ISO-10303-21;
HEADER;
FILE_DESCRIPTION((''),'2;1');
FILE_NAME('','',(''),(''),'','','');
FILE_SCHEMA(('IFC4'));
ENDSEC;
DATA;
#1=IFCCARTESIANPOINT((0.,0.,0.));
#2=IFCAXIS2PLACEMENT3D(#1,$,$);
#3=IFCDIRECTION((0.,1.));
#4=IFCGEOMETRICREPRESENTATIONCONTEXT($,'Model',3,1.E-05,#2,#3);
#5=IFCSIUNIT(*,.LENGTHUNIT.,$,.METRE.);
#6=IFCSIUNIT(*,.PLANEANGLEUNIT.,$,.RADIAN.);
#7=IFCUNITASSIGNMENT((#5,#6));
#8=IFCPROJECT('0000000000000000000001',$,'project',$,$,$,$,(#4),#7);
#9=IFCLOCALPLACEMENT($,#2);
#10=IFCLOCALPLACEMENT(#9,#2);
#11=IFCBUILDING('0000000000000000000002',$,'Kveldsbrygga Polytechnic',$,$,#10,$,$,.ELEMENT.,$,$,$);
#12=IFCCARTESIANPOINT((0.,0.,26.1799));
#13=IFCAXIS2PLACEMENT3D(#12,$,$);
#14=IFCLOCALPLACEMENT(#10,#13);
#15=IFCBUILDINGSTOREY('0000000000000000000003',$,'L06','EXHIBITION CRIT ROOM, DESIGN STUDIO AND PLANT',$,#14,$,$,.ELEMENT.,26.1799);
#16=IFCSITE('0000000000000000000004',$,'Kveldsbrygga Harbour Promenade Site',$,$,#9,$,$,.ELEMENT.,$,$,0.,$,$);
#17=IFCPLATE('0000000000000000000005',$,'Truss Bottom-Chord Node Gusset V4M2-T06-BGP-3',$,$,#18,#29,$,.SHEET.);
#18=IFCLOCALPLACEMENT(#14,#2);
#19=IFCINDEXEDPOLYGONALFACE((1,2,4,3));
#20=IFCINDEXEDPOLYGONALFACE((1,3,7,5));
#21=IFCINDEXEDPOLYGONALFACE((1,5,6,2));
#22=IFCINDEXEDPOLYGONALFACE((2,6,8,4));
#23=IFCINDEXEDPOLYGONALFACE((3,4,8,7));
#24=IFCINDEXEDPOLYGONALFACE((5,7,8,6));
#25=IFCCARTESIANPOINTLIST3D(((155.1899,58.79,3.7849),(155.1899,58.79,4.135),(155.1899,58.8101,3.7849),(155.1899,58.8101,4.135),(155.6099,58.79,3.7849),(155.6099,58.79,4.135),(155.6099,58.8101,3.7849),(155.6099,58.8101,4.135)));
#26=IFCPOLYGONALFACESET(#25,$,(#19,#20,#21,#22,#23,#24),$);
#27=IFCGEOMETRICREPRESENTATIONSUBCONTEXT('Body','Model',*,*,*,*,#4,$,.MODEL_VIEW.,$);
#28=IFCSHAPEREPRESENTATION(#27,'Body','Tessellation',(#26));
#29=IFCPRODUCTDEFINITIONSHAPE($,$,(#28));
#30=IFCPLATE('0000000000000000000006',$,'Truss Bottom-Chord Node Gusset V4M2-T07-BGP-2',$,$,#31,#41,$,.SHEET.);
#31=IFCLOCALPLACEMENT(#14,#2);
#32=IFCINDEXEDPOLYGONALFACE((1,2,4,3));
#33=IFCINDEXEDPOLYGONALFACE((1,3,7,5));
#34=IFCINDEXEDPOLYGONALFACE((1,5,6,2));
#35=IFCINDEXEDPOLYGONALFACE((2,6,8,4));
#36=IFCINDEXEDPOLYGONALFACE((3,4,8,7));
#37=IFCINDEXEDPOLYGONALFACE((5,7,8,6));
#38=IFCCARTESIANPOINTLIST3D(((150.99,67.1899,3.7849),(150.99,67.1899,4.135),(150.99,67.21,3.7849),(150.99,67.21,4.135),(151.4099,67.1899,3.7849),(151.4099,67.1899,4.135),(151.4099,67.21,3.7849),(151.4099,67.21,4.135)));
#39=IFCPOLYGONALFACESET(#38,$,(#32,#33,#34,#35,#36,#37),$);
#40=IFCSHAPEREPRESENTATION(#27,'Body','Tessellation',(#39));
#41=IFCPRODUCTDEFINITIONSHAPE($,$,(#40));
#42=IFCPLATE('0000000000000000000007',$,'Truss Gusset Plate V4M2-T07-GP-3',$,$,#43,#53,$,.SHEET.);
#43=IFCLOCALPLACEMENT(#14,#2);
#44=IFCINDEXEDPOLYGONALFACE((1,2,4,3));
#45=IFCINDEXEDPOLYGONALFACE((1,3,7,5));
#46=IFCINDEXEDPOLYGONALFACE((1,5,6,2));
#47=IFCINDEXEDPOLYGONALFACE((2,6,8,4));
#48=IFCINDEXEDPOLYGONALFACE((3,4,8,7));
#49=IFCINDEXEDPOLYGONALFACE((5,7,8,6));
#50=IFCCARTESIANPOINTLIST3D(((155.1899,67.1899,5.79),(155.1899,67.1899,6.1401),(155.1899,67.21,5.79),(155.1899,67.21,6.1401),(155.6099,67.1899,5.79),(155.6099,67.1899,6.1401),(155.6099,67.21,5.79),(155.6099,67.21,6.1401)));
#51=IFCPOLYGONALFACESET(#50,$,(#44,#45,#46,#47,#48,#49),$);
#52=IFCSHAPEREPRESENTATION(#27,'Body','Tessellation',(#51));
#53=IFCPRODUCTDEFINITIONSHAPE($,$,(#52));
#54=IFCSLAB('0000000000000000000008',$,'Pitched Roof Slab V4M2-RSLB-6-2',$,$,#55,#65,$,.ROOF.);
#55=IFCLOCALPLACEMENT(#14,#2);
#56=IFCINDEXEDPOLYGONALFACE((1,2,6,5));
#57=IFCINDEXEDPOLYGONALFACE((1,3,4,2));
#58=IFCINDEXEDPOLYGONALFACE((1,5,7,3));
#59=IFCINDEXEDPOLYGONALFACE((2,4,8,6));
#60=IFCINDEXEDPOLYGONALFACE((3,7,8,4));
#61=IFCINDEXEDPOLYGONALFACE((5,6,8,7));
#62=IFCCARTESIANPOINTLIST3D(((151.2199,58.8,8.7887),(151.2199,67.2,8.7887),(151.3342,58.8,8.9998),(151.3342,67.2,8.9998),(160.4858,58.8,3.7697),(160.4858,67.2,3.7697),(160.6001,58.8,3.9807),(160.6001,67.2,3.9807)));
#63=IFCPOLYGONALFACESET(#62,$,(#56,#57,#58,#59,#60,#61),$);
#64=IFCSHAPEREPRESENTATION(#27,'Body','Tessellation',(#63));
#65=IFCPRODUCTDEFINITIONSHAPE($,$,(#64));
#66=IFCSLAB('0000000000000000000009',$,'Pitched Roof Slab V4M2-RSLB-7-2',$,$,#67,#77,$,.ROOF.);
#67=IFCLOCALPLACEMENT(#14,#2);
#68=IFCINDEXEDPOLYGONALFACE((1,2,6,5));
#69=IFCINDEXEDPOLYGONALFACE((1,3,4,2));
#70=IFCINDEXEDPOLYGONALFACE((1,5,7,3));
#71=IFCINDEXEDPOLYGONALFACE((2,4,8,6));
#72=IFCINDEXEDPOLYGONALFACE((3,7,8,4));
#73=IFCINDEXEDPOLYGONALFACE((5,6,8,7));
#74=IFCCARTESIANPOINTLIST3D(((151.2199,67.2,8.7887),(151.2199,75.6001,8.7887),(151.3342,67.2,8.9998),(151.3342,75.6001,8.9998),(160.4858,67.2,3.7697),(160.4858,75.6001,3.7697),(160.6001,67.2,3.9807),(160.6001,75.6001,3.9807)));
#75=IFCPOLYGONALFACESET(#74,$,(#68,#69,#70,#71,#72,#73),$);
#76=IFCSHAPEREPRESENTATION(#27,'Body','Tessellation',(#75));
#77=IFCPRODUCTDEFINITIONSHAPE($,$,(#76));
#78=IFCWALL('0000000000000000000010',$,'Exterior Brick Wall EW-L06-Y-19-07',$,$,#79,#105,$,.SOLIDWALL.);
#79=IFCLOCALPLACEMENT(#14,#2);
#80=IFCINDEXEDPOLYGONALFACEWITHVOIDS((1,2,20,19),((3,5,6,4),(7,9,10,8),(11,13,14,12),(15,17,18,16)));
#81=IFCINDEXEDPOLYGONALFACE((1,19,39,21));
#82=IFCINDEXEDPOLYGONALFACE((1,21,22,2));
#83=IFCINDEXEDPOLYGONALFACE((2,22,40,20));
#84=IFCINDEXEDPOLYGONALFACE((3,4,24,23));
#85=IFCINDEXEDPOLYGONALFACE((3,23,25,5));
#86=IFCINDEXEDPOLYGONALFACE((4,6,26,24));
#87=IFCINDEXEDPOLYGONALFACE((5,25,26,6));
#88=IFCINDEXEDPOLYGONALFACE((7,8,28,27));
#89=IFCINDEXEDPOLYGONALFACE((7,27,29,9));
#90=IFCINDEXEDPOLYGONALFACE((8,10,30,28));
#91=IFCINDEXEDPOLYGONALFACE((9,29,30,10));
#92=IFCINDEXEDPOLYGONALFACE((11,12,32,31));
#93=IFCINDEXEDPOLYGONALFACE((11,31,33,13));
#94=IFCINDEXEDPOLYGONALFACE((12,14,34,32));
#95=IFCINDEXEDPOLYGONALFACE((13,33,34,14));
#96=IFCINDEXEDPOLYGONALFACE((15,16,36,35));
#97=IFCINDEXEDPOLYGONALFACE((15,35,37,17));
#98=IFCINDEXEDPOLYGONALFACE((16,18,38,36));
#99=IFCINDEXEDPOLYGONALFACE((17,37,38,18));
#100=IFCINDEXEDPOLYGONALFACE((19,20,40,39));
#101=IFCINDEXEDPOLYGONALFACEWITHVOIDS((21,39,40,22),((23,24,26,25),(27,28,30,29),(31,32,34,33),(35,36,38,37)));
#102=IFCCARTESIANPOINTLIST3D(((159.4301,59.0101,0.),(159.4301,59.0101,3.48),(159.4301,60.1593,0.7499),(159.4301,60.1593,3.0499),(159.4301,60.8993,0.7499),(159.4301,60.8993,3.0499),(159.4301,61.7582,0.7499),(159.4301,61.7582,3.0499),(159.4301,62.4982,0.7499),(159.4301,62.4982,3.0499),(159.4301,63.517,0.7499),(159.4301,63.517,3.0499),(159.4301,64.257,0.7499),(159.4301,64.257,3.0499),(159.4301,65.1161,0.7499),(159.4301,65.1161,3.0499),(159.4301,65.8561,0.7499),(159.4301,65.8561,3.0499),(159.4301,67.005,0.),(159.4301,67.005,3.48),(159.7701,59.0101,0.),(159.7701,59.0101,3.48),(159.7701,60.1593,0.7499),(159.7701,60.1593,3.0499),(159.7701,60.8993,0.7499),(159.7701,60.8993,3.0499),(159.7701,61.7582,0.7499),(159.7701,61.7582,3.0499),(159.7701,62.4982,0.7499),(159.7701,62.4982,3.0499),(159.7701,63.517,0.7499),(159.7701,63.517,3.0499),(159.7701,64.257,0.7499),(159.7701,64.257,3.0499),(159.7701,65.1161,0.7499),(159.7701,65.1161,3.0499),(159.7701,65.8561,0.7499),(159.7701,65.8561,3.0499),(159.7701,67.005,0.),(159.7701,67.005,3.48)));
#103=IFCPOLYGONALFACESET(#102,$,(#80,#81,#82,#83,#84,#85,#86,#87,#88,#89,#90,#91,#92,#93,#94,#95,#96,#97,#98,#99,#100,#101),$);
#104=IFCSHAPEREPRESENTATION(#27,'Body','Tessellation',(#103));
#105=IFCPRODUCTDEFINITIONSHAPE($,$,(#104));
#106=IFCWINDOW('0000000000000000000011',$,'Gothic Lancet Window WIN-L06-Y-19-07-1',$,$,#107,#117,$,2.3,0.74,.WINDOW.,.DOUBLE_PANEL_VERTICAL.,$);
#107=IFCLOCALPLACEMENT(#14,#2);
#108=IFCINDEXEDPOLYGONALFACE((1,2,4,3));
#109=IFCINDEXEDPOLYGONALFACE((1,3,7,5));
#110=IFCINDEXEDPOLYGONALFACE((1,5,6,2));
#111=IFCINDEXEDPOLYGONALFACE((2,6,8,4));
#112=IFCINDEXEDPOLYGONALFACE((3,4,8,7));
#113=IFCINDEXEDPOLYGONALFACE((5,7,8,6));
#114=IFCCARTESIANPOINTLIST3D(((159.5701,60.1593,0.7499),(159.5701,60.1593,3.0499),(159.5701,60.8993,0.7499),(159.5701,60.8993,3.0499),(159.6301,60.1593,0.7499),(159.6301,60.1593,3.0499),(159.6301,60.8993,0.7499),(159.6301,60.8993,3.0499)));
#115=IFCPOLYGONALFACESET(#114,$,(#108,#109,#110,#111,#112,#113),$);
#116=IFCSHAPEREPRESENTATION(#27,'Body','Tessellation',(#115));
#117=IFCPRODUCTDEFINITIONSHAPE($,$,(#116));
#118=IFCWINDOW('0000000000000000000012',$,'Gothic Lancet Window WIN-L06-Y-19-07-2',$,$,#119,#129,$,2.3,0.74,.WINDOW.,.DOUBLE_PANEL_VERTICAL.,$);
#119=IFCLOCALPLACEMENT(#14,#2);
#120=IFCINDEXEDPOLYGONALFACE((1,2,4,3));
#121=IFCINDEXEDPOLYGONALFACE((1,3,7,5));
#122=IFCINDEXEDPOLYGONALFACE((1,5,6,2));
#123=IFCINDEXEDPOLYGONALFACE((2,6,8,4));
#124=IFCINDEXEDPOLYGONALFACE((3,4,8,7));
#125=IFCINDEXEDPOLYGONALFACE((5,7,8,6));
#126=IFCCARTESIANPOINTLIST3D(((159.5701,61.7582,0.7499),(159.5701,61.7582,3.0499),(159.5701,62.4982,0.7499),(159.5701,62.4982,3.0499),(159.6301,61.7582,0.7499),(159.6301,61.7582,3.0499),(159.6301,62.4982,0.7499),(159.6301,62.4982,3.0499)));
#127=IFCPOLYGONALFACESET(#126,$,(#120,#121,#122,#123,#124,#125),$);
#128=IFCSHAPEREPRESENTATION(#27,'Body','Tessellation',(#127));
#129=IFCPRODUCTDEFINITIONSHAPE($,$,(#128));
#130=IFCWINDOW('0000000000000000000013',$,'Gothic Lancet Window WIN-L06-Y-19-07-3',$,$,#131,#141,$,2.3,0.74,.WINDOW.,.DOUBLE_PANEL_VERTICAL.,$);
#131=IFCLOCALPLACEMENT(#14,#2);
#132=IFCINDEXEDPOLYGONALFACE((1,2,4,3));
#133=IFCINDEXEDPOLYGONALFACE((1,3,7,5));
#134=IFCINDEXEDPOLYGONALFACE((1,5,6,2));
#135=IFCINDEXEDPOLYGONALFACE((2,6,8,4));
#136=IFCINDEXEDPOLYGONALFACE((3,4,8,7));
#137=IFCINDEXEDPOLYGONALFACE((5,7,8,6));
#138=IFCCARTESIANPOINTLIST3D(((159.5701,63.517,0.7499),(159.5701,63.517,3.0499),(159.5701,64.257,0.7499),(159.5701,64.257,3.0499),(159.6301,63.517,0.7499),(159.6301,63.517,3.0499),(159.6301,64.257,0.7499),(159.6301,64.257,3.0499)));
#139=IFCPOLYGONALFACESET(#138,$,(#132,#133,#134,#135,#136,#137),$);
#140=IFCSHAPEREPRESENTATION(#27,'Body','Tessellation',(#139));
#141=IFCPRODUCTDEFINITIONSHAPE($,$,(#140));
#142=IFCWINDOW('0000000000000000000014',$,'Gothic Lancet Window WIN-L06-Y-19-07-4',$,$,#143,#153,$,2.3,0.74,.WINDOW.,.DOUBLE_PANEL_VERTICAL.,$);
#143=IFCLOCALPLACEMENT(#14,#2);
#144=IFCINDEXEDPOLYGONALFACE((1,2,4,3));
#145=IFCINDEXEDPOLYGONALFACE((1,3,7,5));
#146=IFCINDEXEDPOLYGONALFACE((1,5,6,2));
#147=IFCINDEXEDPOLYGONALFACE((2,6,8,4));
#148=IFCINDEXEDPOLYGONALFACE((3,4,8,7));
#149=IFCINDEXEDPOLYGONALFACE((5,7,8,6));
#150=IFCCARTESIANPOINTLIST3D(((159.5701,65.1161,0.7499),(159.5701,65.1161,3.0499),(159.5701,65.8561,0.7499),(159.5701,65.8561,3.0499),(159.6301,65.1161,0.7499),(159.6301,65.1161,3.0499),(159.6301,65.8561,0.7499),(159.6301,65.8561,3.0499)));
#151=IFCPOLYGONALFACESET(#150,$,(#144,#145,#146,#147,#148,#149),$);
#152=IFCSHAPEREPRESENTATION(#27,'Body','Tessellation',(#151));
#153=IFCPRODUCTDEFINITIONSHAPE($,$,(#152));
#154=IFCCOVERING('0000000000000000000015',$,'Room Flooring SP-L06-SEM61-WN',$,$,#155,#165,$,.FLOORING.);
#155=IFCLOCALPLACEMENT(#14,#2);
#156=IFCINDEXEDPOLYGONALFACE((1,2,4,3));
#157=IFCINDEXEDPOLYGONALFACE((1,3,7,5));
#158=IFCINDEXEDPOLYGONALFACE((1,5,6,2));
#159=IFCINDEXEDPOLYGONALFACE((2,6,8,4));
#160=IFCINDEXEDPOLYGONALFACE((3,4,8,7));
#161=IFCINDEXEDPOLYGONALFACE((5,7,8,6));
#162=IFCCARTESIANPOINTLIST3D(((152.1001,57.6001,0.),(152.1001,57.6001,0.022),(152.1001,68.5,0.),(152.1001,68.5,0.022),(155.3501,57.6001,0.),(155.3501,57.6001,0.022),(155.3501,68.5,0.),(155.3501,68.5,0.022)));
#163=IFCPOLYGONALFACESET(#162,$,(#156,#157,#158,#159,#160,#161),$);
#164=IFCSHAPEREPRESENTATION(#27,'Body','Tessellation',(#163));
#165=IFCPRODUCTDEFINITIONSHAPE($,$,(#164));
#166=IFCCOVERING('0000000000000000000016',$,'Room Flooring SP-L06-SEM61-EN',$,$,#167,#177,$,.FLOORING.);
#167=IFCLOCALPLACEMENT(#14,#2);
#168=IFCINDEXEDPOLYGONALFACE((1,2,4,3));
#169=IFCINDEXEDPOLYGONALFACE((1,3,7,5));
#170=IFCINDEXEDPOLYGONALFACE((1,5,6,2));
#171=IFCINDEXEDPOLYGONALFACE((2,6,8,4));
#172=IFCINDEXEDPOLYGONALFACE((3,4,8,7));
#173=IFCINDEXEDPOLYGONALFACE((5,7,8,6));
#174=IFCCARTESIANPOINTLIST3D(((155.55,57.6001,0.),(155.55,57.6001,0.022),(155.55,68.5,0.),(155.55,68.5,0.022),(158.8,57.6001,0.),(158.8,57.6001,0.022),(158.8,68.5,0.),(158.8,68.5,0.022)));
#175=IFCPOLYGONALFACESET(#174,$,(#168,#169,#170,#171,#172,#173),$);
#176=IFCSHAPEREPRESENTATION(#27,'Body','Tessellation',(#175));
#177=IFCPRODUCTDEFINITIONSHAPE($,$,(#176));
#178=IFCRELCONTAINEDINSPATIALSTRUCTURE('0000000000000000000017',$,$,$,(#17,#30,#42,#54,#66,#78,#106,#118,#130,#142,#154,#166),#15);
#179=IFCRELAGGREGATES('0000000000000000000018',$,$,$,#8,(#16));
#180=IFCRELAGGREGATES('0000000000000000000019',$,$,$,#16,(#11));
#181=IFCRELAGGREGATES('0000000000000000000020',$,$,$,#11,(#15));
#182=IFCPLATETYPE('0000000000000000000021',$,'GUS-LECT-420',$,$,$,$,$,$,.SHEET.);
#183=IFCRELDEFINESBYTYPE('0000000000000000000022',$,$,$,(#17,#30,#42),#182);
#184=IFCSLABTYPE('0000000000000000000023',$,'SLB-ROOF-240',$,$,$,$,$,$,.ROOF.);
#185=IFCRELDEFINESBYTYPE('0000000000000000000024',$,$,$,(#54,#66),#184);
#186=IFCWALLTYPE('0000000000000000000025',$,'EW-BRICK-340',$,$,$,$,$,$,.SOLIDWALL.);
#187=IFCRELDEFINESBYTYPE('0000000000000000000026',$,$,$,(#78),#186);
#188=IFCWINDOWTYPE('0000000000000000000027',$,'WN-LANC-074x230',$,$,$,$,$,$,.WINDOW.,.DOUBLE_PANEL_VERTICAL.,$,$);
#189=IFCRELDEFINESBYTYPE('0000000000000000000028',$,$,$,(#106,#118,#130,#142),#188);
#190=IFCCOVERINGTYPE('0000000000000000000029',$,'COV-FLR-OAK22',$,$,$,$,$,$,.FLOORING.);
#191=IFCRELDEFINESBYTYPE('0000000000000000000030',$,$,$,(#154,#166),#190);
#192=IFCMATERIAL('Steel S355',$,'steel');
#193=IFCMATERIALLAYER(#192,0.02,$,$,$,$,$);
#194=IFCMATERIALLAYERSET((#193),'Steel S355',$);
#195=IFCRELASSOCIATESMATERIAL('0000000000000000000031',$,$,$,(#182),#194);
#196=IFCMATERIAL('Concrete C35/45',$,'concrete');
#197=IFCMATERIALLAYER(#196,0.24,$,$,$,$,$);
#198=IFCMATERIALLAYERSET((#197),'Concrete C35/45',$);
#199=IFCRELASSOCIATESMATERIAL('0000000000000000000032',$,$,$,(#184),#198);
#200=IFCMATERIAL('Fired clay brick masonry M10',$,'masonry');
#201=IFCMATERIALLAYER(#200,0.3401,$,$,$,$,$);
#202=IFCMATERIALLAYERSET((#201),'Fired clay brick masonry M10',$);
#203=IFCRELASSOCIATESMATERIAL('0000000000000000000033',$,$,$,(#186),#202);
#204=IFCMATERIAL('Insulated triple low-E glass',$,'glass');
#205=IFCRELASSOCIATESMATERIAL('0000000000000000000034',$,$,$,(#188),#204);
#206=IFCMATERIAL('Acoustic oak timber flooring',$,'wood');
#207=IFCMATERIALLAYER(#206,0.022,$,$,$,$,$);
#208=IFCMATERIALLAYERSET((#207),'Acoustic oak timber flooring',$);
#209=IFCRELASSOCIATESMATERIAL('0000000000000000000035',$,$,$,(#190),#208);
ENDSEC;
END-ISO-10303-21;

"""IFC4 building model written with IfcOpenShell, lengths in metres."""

from ifc_helpers import new_model, si_unit, direction, frame, frame_2d, origin, origin_2d, place, context, subcontext, project, spatial, polyline, rectangle, outline, extrude, material, layer, layer_set, type_object, element, fill, save


model = new_model("IFC4")

# Units and contexts
model_context = context("Model", 3, precision=1e-05, world=origin(), true_north=direction((0.0, 1.0)))
body_context = subcontext(model_context, "Body", "Model", "MODEL_VIEW")
ifc_project = project(units=[si_unit("LENGTHUNIT", "METRE"), si_unit("PLANEANGLEUNIT", "RADIAN")], contexts=[model_context])

# Site, building, storey
site_placement = place(None, origin())
site = spatial("IfcSite", under=ifc_project, at=site_placement, Name="Kveldsbrygga Harbour Promenade Site", CompositionType="ELEMENT", RefElevation=0.0)
building_placement = place(site_placement, origin())
building = spatial("IfcBuilding", under=site, at=building_placement, Name="Kveldsbrygga Polytechnic", CompositionType="ELEMENT")
storey_placement = place(building_placement, frame((0.0, 0.0, 26.1799)))
storey = spatial("IfcBuildingStorey", under=building, at=storey_placement, Name="L06", Description="EXHIBITION CRIT ROOM, DESIGN STUDIO AND PLANT", CompositionType="ELEMENT", Elevation=26.1799)

# Shared definitions
ifc_material_1 = material(Name="Steel S355", Category="steel")

# Plates
ifc_layer_1 = layer(ifc_material_1, 0.02)
ifc_layer_set_1 = layer_set([ifc_layer_1], Name="Steel S355")
plate_type_1 = type_object("IfcPlateType", Name="GUS-LECT-420", PredefinedType="SHEET", material=ifc_layer_set_1)
for number, where, z_axis, x_axis, name in (
    (1, (155.3999, 58.8, 3.7849), (0.0, 0.0, 1.0), (1.0, 0.0, 0.0), "Truss Bottom-Chord Node Gusset V4M2-T06-BGP-3"),
    (2, (151.2, 67.2, 3.7849), (0.0, 0.0, 1.0), (1.0, 0.0, 0.0), "Truss Bottom-Chord Node Gusset V4M2-T07-BGP-2"),
    (3, (155.3999, 67.2, 5.79), (0.0, 0.0, 1.0), (1.0, 0.0, 0.0), "Truss Gusset Plate V4M2-T07-GP-3"),
):
    element("IfcPlate", number, at=place(storey_placement, frame(where, z_axis=z_axis, x_axis=x_axis)), inside=storey, type_object=plate_type_1, Name=name, PredefinedType="SHEET", context=body_context, shape_type="SweptSolid", body=[
        extrude(rectangle(XDim=0.4199, YDim=0.02, at=origin_2d()), origin(), (0.0, 0.0, 1.0), 0.3501),
    ])

# Slabs
ifc_material_2 = material(Name="Concrete C35/45", Category="concrete")
ifc_layer_2 = layer(ifc_material_2, 0.24)
ifc_layer_set_2 = layer_set([ifc_layer_2], Name="Concrete C35/45")
slab_type = type_object("IfcSlabType", Name="SLB-ROOF-240", PredefinedType="ROOF", material=ifc_layer_set_2)
slab_1_placement = place(storey_placement, frame((151.3342, 58.8, 8.9998), z_axis=(0.476285, 0.0, 0.879291), x_axis=(0.879291, 0.0, -0.476285)))
element("IfcSlab", 4, at=slab_1_placement, inside=storey, type_object=slab_type, Name="Pitched Roof Slab V4M2-RSLB-6-2", PredefinedType="ROOF", context=body_context, shape_type="SweptSolid", body=[
    extrude(outline(polyline([(0.0, 0.0), (10.5379, 0.0), (10.5379, 8.3999), (0.0, 8.3999), (0.0, 0.0)])), origin(), (0.0, 0.0, -1.0), 0.24),
])
slab_2_placement = place(storey_placement, frame((151.3342, 67.2, 8.9998), z_axis=(0.476285, 0.0, 0.879291), x_axis=(0.879291, 0.0, -0.476285)))
element("IfcSlab", 5, at=slab_2_placement, inside=storey, type_object=slab_type, Name="Pitched Roof Slab V4M2-RSLB-7-2", PredefinedType="ROOF", context=body_context, shape_type="SweptSolid", body=[
    extrude(outline(polyline([(0.0, 0.0), (10.5379, 0.0), (10.5379, 8.4001), (0.0, 8.4001), (0.0, 0.0)])), origin(), (0.0, 0.0, -1.0), 0.24),
])

# Wall, openings, windows
ifc_material_3 = material(Name="Fired clay brick masonry M10", Category="masonry")
ifc_layer_3 = layer(ifc_material_3, 0.3401)
ifc_layer_set_3 = layer_set([ifc_layer_3], Name="Fired clay brick masonry M10")
wall_type = type_object("IfcWallType", Name="EW-BRICK-340", PredefinedType="SOLIDWALL", material=ifc_layer_set_3)
wall_placement = place(storey_placement, frame((159.6001, 59.01, 0.0), z_axis=(0.0, 0.0, 1.0), x_axis=(0.0, 1.0, 0.0)))
wall = element("IfcWall", 6, at=wall_placement, inside=storey, type_object=wall_type, Name="Exterior Brick Wall EW-L06-Y-19-07", PredefinedType="SOLIDWALL", context=body_context, shape_type="SweptSolid", body=[
    extrude(rectangle(XDim=7.9949, YDim=0.3401, at=frame_2d((3.9976, 0.0))), origin(), (0.0, 0.0, 1.0), 3.48),
])
opening_1_placement = place(wall_placement, frame((1.1492, 0.0, 0.75)))
opening_1 = element("IfcOpeningElement", 7, at=opening_1_placement, cuts=wall, PredefinedType="OPENING", context=body_context, shape_type="SweptSolid", body=[
    extrude(rectangle(XDim=0.74, YDim=2.3, at=frame_2d((0.3701, 1.1499))), frame((0.0, 0.1802, 0.0), z_axis=(0.0, -1.0, 0.0), x_axis=(1.0, 0.0, 0.0)), (0.0, 0.0, 1.0), 0.3601),
])
opening_2_placement = place(wall_placement, frame((2.748, 0.0, 0.75)))
opening_2 = element("IfcOpeningElement", 8, at=opening_2_placement, cuts=wall, PredefinedType="OPENING", context=body_context, shape_type="SweptSolid", body=[
    extrude(rectangle(XDim=0.74, YDim=2.3, at=frame_2d((0.3701, 1.1499))), frame((0.0, 0.1802, 0.0), z_axis=(0.0, -1.0, 0.0), x_axis=(1.0, 0.0, 0.0)), (0.0, 0.0, 1.0), 0.3601),
])
opening_3_placement = place(wall_placement, frame((4.5068, 0.0, 0.75)))
opening_3 = element("IfcOpeningElement", 9, at=opening_3_placement, cuts=wall, PredefinedType="OPENING", context=body_context, shape_type="SweptSolid", body=[
    extrude(rectangle(XDim=0.74, YDim=2.3, at=frame_2d((0.3701, 1.1499))), frame((0.0, 0.1802, 0.0), z_axis=(0.0, -1.0, 0.0), x_axis=(1.0, 0.0, 0.0)), (0.0, 0.0, 1.0), 0.3601),
])
opening_4_placement = place(wall_placement, frame((6.106, 0.0, 0.75)))
opening_4 = element("IfcOpeningElement", 10, at=opening_4_placement, cuts=wall, PredefinedType="OPENING", context=body_context, shape_type="SweptSolid", body=[
    extrude(rectangle(XDim=0.74, YDim=2.3, at=frame_2d((0.3701, 1.1499))), frame((0.0, 0.1802, 0.0), z_axis=(0.0, -1.0, 0.0), x_axis=(1.0, 0.0, 0.0)), (0.0, 0.0, 1.0), 0.3601),
])
ifc_material_4 = material(Name="Insulated triple low-E glass", Category="glass")
window_type = type_object("IfcWindowType", Name="WN-LANC-074x230", PartitioningType="DOUBLE_PANEL_VERTICAL", PredefinedType="WINDOW", material=ifc_material_4)
window_1_placement = place(opening_1_placement, origin())
window_1 = element("IfcWindow", 11, at=window_1_placement, inside=storey, type_object=window_type, Name="Gothic Lancet Window WIN-L06-Y-19-07-1", OverallHeight=2.3, OverallWidth=0.74, PartitioningType="DOUBLE_PANEL_VERTICAL", PredefinedType="WINDOW", context=body_context, shape_type="SweptSolid", body=[
    extrude(rectangle(XDim=0.74, YDim=2.3, at=frame_2d((0.3701, 1.1499))), frame((0.0, 0.03, 0.0), z_axis=(0.0, -1.0, 0.0), x_axis=(1.0, 0.0, 0.0)), (0.0, 0.0, 1.0), 0.0601),
])
fill(opening_1, window_1)
window_2_placement = place(opening_2_placement, origin())
window_2 = element("IfcWindow", 12, at=window_2_placement, inside=storey, type_object=window_type, Name="Gothic Lancet Window WIN-L06-Y-19-07-2", OverallHeight=2.3, OverallWidth=0.74, PartitioningType="DOUBLE_PANEL_VERTICAL", PredefinedType="WINDOW", context=body_context, shape_type="SweptSolid", body=[
    extrude(rectangle(XDim=0.74, YDim=2.3, at=frame_2d((0.3701, 1.1499))), frame((0.0, 0.03, 0.0), z_axis=(0.0, -1.0, 0.0), x_axis=(1.0, 0.0, 0.0)), (0.0, 0.0, 1.0), 0.0601),
])
fill(opening_2, window_2)
window_3_placement = place(opening_3_placement, origin())
window_3 = element("IfcWindow", 13, at=window_3_placement, inside=storey, type_object=window_type, Name="Gothic Lancet Window WIN-L06-Y-19-07-3", OverallHeight=2.3, OverallWidth=0.74, PartitioningType="DOUBLE_PANEL_VERTICAL", PredefinedType="WINDOW", context=body_context, shape_type="SweptSolid", body=[
    extrude(rectangle(XDim=0.74, YDim=2.3, at=frame_2d((0.3701, 1.1499))), frame((0.0, 0.03, 0.0), z_axis=(0.0, -1.0, 0.0), x_axis=(1.0, 0.0, 0.0)), (0.0, 0.0, 1.0), 0.0601),
])
fill(opening_3, window_3)
window_4_placement = place(opening_4_placement, origin())
window_4 = element("IfcWindow", 14, at=window_4_placement, inside=storey, type_object=window_type, Name="Gothic Lancet Window WIN-L06-Y-19-07-4", OverallHeight=2.3, OverallWidth=0.74, PartitioningType="DOUBLE_PANEL_VERTICAL", PredefinedType="WINDOW", context=body_context, shape_type="SweptSolid", body=[
    extrude(rectangle(XDim=0.74, YDim=2.3, at=frame_2d((0.3701, 1.1499))), frame((0.0, 0.03, 0.0), z_axis=(0.0, -1.0, 0.0), x_axis=(1.0, 0.0, 0.0)), (0.0, 0.0, 1.0), 0.0601),
])
fill(opening_4, window_4)

# Coverings
ifc_material_5 = material(Name="Acoustic oak timber flooring", Category="wood")
ifc_layer_4 = layer(ifc_material_5, 0.022)
ifc_layer_set_4 = layer_set([ifc_layer_4], Name="Acoustic oak timber flooring")
covering_type = type_object("IfcCoveringType", Name="COV-FLR-OAK22", PredefinedType="FLOORING", material=ifc_layer_set_4)
for number, where, z_axis, x_axis, name in (
    (15, (153.7251, 63.05, 0.0), (0.0, 0.0, 1.0), (1.0, 0.0, 0.0), "Room Flooring SP-L06-SEM61-WN"),
    (16, (157.175, 63.05, 0.0), (0.0, 0.0, 1.0), (1.0, 0.0, 0.0), "Room Flooring SP-L06-SEM61-EN"),
):
    element("IfcCovering", number, at=place(storey_placement, frame(where, z_axis=z_axis, x_axis=x_axis)), inside=storey, type_object=covering_type, Name=name, PredefinedType="FLOORING", context=body_context, shape_type="SweptSolid", body=[
        extrude(rectangle(XDim=3.25, YDim=10.8999, at=origin_2d()), origin(), (0.0, 0.0, 1.0), 0.022),
    ])

save(model, "model.ifc")
